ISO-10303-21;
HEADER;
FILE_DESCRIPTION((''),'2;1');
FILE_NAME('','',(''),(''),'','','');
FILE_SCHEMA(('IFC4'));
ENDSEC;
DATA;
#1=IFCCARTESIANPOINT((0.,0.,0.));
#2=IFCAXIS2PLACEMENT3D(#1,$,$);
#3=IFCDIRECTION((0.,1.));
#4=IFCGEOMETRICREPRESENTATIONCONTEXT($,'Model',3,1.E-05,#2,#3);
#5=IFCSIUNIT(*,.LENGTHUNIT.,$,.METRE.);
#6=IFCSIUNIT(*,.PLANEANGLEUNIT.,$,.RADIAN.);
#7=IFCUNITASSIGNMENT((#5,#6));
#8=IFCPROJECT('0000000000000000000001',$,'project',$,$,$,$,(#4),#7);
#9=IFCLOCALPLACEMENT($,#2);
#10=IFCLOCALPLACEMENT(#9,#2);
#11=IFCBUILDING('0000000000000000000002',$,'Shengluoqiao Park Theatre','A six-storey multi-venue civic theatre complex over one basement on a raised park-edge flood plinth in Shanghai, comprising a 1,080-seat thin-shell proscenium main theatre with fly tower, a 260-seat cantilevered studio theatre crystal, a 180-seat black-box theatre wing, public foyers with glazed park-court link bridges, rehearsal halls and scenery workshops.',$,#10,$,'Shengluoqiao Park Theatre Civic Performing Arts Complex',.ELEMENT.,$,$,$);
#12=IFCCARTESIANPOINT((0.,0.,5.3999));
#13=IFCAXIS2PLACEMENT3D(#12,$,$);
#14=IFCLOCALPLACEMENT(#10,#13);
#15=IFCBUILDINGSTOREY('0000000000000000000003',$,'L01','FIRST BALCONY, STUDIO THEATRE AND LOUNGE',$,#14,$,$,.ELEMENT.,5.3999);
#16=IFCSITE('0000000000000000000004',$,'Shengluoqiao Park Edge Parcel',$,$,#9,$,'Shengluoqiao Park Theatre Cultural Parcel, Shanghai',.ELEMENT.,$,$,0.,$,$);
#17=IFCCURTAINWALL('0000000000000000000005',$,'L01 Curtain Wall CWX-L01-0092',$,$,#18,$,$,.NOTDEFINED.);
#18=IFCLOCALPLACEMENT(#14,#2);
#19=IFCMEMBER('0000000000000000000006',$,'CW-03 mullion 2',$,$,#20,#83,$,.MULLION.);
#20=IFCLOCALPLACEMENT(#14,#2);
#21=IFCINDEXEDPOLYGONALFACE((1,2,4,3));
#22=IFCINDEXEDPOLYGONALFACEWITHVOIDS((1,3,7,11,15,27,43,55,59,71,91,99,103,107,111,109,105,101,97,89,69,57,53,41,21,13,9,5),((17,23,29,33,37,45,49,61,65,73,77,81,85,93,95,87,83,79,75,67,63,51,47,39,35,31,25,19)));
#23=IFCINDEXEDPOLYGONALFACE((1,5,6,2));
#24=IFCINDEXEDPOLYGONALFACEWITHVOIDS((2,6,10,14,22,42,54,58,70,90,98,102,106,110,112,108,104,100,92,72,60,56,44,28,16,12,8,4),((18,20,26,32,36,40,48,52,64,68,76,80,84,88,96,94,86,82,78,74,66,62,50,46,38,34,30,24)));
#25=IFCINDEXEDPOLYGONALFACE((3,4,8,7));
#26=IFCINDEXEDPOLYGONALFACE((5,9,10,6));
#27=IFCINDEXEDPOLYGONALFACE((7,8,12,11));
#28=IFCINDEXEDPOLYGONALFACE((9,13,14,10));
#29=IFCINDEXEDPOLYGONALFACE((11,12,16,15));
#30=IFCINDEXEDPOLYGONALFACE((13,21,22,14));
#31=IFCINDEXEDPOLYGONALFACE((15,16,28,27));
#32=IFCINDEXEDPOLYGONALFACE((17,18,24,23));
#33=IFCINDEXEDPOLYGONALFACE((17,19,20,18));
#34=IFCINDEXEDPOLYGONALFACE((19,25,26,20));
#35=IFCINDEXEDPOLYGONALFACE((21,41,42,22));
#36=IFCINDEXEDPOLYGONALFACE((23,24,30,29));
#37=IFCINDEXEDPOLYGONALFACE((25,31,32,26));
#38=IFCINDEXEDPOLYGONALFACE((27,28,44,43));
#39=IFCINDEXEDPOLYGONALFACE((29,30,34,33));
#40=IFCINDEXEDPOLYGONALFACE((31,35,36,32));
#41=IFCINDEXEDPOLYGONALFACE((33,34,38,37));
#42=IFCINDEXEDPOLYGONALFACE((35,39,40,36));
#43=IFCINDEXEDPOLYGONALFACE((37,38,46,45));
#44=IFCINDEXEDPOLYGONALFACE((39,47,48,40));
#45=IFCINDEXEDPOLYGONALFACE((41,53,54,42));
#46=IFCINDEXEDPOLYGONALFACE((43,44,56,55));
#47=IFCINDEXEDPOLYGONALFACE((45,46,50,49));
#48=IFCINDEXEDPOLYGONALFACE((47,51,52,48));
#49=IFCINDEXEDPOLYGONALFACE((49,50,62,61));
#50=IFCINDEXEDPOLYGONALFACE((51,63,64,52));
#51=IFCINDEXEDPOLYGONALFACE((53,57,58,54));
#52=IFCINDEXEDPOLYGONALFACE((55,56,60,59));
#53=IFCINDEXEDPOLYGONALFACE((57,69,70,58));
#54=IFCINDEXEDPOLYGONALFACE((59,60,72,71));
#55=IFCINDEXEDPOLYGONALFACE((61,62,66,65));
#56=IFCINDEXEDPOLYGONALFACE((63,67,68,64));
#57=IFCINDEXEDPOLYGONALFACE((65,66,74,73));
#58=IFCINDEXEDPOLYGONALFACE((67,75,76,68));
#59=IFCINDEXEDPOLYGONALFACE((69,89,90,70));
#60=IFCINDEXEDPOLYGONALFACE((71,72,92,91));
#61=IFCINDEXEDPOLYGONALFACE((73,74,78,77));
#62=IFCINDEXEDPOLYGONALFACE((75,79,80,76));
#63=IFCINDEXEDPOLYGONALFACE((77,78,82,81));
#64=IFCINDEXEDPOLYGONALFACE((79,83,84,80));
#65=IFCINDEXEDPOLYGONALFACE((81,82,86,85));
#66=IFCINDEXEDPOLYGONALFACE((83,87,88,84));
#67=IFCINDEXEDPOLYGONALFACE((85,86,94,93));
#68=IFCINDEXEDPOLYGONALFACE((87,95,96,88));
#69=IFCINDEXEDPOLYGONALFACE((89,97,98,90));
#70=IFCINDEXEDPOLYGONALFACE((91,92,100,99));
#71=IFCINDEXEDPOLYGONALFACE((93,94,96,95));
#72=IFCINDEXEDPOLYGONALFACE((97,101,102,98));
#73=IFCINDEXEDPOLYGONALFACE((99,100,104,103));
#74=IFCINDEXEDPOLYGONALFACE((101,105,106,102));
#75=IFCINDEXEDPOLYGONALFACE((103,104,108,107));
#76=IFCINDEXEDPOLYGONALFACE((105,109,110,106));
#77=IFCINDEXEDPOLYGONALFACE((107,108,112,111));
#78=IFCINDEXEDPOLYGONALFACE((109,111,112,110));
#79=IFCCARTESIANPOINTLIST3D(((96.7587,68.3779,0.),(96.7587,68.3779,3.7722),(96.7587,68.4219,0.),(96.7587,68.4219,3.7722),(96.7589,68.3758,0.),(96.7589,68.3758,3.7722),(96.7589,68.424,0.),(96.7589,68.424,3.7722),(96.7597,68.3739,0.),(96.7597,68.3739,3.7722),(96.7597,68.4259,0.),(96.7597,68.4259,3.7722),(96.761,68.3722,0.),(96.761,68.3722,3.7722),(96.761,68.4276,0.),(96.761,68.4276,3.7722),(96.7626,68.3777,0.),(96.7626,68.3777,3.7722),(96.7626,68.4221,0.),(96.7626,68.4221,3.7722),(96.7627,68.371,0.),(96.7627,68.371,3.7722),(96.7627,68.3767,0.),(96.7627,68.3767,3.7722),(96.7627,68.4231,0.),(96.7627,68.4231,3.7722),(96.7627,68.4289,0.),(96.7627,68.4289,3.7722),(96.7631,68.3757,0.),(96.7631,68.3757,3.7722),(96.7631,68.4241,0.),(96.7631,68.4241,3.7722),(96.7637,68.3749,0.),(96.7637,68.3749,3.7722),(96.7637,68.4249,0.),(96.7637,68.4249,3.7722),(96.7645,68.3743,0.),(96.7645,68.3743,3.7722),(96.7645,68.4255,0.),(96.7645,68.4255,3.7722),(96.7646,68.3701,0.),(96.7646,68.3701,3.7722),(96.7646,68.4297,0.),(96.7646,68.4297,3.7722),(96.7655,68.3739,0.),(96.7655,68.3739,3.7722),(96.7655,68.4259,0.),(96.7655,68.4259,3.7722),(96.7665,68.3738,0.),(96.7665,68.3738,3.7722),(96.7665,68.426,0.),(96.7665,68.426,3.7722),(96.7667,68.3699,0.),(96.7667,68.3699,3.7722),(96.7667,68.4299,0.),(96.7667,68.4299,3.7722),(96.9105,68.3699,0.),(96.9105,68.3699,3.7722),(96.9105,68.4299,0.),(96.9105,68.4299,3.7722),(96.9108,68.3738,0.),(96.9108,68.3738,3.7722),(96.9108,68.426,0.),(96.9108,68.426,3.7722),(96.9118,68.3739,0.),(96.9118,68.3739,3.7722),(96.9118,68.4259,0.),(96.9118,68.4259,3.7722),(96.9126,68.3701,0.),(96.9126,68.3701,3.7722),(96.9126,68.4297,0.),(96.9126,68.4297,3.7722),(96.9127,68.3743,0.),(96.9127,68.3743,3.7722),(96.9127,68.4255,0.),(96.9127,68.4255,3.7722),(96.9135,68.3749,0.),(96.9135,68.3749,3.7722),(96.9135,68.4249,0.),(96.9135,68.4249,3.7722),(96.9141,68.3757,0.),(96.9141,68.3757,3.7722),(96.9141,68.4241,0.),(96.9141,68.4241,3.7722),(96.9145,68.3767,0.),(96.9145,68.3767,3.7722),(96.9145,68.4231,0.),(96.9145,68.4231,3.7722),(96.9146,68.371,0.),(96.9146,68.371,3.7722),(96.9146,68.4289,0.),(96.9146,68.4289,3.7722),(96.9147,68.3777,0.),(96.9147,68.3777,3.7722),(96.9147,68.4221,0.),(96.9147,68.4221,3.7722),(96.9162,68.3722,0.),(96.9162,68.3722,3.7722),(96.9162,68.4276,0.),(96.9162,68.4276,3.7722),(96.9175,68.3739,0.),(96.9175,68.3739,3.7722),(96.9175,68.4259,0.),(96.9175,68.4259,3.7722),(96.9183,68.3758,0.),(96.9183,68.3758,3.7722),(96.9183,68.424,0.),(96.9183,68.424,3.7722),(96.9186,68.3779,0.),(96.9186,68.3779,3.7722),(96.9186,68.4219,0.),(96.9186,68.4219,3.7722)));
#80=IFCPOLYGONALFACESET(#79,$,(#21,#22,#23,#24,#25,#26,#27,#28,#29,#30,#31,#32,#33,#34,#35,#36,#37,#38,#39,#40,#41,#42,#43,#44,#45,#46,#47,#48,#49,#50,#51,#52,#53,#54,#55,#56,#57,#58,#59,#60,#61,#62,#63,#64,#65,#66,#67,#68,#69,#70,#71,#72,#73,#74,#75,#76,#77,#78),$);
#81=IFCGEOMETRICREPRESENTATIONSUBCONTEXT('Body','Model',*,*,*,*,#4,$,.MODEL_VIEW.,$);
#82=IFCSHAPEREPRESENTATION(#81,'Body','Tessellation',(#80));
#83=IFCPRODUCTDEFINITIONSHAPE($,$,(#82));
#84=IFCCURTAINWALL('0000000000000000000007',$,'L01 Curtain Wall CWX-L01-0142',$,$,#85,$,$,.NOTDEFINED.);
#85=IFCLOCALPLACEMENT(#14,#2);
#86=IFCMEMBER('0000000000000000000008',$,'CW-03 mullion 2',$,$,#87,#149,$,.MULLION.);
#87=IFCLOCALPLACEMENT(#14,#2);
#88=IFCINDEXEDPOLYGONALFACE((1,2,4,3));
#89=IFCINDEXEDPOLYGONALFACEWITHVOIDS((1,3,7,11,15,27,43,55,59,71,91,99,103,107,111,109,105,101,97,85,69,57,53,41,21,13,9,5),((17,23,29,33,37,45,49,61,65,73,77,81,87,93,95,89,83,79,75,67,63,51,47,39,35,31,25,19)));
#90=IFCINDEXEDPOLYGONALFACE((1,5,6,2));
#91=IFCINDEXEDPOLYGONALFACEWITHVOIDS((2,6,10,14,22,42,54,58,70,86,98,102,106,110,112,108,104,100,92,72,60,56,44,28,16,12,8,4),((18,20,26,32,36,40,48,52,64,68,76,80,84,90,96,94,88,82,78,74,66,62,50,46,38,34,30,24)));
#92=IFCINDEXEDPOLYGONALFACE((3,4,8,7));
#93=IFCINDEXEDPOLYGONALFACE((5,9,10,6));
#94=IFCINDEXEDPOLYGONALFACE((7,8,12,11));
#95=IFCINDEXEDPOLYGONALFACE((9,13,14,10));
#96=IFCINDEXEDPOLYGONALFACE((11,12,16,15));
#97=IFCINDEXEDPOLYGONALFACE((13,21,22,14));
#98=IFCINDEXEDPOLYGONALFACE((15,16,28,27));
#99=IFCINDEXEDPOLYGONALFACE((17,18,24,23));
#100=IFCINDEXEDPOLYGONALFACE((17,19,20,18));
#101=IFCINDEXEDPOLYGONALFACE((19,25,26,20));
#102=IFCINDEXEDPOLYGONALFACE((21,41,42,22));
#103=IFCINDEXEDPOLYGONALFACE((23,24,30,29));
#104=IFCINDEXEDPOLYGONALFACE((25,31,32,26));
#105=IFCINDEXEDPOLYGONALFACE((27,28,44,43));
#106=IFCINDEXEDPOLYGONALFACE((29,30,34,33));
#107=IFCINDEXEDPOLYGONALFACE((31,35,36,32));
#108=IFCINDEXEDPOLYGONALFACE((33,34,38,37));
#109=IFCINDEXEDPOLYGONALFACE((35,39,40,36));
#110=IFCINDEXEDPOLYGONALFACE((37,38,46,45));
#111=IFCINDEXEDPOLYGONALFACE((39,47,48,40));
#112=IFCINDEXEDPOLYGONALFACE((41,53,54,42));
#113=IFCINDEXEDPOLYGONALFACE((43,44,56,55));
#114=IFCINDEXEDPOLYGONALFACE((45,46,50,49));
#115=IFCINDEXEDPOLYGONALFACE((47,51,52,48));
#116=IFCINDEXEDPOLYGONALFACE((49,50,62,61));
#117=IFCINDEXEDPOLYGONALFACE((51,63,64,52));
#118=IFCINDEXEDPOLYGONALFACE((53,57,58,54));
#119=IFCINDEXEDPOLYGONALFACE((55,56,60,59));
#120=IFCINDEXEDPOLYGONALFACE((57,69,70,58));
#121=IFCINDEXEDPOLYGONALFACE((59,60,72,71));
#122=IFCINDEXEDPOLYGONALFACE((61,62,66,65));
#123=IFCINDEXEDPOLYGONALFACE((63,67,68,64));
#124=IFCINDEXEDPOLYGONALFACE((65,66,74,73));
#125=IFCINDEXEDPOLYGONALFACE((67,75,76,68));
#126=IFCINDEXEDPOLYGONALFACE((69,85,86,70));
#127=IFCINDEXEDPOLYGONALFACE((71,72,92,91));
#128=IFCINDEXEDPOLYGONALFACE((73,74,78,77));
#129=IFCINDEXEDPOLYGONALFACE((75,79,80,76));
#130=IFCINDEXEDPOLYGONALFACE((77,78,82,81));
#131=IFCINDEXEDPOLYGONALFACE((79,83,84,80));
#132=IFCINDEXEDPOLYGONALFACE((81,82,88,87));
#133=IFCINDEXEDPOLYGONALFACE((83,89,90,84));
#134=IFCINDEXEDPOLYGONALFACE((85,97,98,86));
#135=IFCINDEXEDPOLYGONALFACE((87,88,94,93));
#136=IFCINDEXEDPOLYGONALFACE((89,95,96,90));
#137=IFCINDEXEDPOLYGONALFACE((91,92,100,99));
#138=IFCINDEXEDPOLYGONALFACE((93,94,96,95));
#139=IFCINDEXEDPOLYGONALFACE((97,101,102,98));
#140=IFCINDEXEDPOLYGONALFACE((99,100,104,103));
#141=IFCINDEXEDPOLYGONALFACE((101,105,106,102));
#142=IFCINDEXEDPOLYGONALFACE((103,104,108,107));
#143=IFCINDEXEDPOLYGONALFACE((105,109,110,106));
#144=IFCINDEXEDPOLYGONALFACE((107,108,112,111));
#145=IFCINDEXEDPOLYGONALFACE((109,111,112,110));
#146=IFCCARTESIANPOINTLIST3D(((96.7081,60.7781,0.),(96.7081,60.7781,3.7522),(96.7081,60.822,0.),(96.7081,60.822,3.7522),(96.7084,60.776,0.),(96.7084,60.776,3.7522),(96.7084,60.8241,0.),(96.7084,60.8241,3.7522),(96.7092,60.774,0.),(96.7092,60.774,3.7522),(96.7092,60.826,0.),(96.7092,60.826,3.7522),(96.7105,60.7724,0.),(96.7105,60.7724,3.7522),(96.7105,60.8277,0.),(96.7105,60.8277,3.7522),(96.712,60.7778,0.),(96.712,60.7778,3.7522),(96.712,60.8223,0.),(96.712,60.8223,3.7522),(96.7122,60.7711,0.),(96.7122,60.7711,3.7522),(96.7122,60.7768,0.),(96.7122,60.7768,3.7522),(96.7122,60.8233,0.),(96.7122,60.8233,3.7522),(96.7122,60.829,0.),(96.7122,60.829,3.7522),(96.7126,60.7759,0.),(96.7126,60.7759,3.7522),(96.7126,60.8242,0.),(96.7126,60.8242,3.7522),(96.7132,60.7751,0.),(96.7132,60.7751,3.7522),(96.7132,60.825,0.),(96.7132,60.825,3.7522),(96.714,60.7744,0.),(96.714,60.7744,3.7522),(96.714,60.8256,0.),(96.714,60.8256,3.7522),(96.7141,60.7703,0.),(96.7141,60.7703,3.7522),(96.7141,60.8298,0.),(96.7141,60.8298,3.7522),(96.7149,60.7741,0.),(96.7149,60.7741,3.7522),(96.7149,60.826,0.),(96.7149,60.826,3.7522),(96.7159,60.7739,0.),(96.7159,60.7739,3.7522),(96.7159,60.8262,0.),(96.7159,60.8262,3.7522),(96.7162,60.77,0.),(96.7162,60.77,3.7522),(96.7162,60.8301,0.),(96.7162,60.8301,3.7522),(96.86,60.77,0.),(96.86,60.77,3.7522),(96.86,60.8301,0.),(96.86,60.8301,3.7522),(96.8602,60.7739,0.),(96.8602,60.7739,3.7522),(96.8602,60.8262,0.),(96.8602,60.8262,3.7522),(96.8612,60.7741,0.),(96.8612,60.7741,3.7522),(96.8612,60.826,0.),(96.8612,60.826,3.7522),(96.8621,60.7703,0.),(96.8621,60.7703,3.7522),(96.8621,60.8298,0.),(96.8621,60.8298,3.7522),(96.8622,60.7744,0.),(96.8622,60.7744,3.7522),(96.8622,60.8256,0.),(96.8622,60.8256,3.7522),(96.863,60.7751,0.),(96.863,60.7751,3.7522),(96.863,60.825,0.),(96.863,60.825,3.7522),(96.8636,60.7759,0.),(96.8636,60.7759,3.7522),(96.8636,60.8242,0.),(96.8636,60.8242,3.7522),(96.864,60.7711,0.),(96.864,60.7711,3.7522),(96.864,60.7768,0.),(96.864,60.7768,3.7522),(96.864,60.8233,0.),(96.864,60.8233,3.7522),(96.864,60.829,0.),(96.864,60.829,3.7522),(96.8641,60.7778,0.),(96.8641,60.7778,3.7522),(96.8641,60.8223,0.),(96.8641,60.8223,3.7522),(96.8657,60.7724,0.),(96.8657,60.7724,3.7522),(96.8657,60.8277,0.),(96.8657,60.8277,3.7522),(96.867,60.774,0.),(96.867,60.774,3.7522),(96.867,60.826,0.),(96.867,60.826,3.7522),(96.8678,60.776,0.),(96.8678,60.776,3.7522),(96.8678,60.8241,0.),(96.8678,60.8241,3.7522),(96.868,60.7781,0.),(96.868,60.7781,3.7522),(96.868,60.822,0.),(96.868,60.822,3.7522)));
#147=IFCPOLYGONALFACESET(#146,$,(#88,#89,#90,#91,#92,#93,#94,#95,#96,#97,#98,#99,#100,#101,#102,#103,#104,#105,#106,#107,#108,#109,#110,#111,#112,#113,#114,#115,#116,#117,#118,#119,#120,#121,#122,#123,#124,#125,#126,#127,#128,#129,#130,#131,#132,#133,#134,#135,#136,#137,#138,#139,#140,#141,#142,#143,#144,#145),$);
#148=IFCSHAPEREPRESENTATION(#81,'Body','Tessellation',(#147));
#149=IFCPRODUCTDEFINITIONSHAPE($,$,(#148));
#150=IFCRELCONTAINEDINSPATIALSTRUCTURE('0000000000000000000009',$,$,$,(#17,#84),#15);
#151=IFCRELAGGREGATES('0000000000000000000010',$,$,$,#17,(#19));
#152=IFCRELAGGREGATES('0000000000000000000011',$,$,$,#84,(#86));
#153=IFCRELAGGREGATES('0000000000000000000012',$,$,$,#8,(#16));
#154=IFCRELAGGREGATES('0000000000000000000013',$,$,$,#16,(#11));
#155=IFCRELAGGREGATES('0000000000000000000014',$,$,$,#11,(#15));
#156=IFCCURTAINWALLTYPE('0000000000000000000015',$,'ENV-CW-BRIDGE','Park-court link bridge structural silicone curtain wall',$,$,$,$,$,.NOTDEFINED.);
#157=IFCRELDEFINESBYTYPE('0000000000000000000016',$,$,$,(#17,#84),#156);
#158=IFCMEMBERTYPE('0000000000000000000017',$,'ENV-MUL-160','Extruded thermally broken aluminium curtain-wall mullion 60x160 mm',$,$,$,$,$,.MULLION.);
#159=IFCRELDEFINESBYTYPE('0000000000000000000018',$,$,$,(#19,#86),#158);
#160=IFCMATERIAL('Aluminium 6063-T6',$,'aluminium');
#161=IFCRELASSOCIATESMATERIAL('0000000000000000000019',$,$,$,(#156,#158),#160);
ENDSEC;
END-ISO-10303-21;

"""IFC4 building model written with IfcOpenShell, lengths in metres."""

from ifc_helpers import new_model, si_unit, direction, frame, origin, origin_2d, place, context, subcontext, project, spatial, hollow_rectangle, extrude, material, material_profile, profile_set, type_object, element, aggregate, save


model = new_model("IFC4")

# Units and contexts
model_context = context("Model", 3, precision=1e-05, world=origin(), true_north=direction((0.0, 1.0)))
body_context = subcontext(model_context, "Body", "Model", "MODEL_VIEW")
ifc_project = project(units=[si_unit("LENGTHUNIT", "METRE"), si_unit("PLANEANGLEUNIT", "RADIAN")], contexts=[model_context])

# Site, building, storey
site_placement = place(None, origin())
site = spatial("IfcSite", under=ifc_project, at=site_placement, Name="Shengluoqiao Park Edge Parcel", LongName="Shengluoqiao Park Theatre Cultural Parcel, Shanghai", CompositionType="ELEMENT", RefElevation=0.0)
building_placement = place(site_placement, origin())
building = spatial("IfcBuilding", under=site, at=building_placement, Name="Shengluoqiao Park Theatre", Description="A six-storey multi-venue civic theatre complex over one basement on a raised park-edge flood plinth in Shanghai, comprising a 1,080-seat thin-shell proscenium main theatre with fly tower, a 260-seat cantilevered studio theatre crystal, a 180-seat black-box theatre wing, public foyers with glazed park-court link bridges, rehearsal halls and scenery workshops.", LongName="Shengluoqiao Park Theatre Civic Performing Arts Complex", CompositionType="ELEMENT")
storey_placement = place(building_placement, frame((0.0, 0.0, 5.3999)))
storey = spatial("IfcBuildingStorey", under=building, at=storey_placement, Name="L01", Description="FIRST BALCONY, STUDIO THEATRE AND LOUNGE", CompositionType="ELEMENT", Elevation=5.3999)

# Curtain wall, member
ifc_material_1 = material(Name="Aluminium 6063-T6", Category="aluminium")
curtain_wall_type = type_object("IfcCurtainWallType", Name="ENV-CW-BRIDGE", Description="Park-court link bridge structural silicone curtain wall", PredefinedType="NOTDEFINED", material=ifc_material_1)
curtain_wall_1_placement = place(storey_placement, origin())
curtain_wall_1 = element("IfcCurtainWall", 1, at=curtain_wall_1_placement, inside=storey, type_object=curtain_wall_type, Name="L01 Curtain Wall CWX-L01-0092", PredefinedType="NOTDEFINED")
ifc_material_profile_1 = material_profile(ifc_material_1, hollow_rectangle(XDim=0.0601, YDim=0.1599, WallThickness=0.0039, InnerFilletRadius=0.0039, OuterFilletRadius=0.0081, at=origin_2d()), Name="ALU MULLION 160x60x4")
ifc_profile_set_1 = profile_set([ifc_material_profile_1], Name="Aluminium 6063-T6")
member_type_1 = type_object("IfcMemberType", Name="ENV-MUL-160", Description="Extruded thermally broken aluminium curtain-wall mullion 60x160 mm", PredefinedType="MULLION", material=ifc_profile_set_1)
member_1_placement = place(storey_placement, frame((96.8386, 68.3999, 0.0), z_axis=(0.0, 0.0, 1.0), x_axis=(0.0, 1.0, 0.0)))
member_1 = element("IfcMember", 2, at=member_1_placement, type_object=member_type_1, Name="CW-03 mullion 2", PredefinedType="MULLION", context=body_context, shape_type="SweptSolid", body=[
    extrude(hollow_rectangle(XDim=0.0601, YDim=0.1599, WallThickness=0.0039, InnerFilletRadius=0.0039, OuterFilletRadius=0.0081, at=origin_2d()), origin(), (0.0, 0.0, 1.0), 3.7722),
])

# Curtain wall, member
curtain_wall_2_placement = place(storey_placement, origin())
curtain_wall_2 = element("IfcCurtainWall", 3, at=curtain_wall_2_placement, inside=storey, type_object=curtain_wall_type, Name="L01 Curtain Wall CWX-L01-0142", PredefinedType="NOTDEFINED")
member_2_placement = place(storey_placement, frame((96.7881, 60.8, 0.0), z_axis=(0.0, 0.0, 1.0), x_axis=(0.0, 1.0, 0.0)))
member_2 = element("IfcMember", 4, at=member_2_placement, type_object=member_type_1, Name="CW-03 mullion 2", PredefinedType="MULLION", context=body_context, shape_type="SweptSolid", body=[
    extrude(hollow_rectangle(XDim=0.0601, YDim=0.1599, WallThickness=0.0039, InnerFilletRadius=0.0039, OuterFilletRadius=0.0081, at=origin_2d()), origin(), (0.0, 0.0, 1.0), 3.7522),
])

aggregate(curtain_wall_1, [member_1])
aggregate(curtain_wall_2, [member_2])

save(model, "model.ifc")
